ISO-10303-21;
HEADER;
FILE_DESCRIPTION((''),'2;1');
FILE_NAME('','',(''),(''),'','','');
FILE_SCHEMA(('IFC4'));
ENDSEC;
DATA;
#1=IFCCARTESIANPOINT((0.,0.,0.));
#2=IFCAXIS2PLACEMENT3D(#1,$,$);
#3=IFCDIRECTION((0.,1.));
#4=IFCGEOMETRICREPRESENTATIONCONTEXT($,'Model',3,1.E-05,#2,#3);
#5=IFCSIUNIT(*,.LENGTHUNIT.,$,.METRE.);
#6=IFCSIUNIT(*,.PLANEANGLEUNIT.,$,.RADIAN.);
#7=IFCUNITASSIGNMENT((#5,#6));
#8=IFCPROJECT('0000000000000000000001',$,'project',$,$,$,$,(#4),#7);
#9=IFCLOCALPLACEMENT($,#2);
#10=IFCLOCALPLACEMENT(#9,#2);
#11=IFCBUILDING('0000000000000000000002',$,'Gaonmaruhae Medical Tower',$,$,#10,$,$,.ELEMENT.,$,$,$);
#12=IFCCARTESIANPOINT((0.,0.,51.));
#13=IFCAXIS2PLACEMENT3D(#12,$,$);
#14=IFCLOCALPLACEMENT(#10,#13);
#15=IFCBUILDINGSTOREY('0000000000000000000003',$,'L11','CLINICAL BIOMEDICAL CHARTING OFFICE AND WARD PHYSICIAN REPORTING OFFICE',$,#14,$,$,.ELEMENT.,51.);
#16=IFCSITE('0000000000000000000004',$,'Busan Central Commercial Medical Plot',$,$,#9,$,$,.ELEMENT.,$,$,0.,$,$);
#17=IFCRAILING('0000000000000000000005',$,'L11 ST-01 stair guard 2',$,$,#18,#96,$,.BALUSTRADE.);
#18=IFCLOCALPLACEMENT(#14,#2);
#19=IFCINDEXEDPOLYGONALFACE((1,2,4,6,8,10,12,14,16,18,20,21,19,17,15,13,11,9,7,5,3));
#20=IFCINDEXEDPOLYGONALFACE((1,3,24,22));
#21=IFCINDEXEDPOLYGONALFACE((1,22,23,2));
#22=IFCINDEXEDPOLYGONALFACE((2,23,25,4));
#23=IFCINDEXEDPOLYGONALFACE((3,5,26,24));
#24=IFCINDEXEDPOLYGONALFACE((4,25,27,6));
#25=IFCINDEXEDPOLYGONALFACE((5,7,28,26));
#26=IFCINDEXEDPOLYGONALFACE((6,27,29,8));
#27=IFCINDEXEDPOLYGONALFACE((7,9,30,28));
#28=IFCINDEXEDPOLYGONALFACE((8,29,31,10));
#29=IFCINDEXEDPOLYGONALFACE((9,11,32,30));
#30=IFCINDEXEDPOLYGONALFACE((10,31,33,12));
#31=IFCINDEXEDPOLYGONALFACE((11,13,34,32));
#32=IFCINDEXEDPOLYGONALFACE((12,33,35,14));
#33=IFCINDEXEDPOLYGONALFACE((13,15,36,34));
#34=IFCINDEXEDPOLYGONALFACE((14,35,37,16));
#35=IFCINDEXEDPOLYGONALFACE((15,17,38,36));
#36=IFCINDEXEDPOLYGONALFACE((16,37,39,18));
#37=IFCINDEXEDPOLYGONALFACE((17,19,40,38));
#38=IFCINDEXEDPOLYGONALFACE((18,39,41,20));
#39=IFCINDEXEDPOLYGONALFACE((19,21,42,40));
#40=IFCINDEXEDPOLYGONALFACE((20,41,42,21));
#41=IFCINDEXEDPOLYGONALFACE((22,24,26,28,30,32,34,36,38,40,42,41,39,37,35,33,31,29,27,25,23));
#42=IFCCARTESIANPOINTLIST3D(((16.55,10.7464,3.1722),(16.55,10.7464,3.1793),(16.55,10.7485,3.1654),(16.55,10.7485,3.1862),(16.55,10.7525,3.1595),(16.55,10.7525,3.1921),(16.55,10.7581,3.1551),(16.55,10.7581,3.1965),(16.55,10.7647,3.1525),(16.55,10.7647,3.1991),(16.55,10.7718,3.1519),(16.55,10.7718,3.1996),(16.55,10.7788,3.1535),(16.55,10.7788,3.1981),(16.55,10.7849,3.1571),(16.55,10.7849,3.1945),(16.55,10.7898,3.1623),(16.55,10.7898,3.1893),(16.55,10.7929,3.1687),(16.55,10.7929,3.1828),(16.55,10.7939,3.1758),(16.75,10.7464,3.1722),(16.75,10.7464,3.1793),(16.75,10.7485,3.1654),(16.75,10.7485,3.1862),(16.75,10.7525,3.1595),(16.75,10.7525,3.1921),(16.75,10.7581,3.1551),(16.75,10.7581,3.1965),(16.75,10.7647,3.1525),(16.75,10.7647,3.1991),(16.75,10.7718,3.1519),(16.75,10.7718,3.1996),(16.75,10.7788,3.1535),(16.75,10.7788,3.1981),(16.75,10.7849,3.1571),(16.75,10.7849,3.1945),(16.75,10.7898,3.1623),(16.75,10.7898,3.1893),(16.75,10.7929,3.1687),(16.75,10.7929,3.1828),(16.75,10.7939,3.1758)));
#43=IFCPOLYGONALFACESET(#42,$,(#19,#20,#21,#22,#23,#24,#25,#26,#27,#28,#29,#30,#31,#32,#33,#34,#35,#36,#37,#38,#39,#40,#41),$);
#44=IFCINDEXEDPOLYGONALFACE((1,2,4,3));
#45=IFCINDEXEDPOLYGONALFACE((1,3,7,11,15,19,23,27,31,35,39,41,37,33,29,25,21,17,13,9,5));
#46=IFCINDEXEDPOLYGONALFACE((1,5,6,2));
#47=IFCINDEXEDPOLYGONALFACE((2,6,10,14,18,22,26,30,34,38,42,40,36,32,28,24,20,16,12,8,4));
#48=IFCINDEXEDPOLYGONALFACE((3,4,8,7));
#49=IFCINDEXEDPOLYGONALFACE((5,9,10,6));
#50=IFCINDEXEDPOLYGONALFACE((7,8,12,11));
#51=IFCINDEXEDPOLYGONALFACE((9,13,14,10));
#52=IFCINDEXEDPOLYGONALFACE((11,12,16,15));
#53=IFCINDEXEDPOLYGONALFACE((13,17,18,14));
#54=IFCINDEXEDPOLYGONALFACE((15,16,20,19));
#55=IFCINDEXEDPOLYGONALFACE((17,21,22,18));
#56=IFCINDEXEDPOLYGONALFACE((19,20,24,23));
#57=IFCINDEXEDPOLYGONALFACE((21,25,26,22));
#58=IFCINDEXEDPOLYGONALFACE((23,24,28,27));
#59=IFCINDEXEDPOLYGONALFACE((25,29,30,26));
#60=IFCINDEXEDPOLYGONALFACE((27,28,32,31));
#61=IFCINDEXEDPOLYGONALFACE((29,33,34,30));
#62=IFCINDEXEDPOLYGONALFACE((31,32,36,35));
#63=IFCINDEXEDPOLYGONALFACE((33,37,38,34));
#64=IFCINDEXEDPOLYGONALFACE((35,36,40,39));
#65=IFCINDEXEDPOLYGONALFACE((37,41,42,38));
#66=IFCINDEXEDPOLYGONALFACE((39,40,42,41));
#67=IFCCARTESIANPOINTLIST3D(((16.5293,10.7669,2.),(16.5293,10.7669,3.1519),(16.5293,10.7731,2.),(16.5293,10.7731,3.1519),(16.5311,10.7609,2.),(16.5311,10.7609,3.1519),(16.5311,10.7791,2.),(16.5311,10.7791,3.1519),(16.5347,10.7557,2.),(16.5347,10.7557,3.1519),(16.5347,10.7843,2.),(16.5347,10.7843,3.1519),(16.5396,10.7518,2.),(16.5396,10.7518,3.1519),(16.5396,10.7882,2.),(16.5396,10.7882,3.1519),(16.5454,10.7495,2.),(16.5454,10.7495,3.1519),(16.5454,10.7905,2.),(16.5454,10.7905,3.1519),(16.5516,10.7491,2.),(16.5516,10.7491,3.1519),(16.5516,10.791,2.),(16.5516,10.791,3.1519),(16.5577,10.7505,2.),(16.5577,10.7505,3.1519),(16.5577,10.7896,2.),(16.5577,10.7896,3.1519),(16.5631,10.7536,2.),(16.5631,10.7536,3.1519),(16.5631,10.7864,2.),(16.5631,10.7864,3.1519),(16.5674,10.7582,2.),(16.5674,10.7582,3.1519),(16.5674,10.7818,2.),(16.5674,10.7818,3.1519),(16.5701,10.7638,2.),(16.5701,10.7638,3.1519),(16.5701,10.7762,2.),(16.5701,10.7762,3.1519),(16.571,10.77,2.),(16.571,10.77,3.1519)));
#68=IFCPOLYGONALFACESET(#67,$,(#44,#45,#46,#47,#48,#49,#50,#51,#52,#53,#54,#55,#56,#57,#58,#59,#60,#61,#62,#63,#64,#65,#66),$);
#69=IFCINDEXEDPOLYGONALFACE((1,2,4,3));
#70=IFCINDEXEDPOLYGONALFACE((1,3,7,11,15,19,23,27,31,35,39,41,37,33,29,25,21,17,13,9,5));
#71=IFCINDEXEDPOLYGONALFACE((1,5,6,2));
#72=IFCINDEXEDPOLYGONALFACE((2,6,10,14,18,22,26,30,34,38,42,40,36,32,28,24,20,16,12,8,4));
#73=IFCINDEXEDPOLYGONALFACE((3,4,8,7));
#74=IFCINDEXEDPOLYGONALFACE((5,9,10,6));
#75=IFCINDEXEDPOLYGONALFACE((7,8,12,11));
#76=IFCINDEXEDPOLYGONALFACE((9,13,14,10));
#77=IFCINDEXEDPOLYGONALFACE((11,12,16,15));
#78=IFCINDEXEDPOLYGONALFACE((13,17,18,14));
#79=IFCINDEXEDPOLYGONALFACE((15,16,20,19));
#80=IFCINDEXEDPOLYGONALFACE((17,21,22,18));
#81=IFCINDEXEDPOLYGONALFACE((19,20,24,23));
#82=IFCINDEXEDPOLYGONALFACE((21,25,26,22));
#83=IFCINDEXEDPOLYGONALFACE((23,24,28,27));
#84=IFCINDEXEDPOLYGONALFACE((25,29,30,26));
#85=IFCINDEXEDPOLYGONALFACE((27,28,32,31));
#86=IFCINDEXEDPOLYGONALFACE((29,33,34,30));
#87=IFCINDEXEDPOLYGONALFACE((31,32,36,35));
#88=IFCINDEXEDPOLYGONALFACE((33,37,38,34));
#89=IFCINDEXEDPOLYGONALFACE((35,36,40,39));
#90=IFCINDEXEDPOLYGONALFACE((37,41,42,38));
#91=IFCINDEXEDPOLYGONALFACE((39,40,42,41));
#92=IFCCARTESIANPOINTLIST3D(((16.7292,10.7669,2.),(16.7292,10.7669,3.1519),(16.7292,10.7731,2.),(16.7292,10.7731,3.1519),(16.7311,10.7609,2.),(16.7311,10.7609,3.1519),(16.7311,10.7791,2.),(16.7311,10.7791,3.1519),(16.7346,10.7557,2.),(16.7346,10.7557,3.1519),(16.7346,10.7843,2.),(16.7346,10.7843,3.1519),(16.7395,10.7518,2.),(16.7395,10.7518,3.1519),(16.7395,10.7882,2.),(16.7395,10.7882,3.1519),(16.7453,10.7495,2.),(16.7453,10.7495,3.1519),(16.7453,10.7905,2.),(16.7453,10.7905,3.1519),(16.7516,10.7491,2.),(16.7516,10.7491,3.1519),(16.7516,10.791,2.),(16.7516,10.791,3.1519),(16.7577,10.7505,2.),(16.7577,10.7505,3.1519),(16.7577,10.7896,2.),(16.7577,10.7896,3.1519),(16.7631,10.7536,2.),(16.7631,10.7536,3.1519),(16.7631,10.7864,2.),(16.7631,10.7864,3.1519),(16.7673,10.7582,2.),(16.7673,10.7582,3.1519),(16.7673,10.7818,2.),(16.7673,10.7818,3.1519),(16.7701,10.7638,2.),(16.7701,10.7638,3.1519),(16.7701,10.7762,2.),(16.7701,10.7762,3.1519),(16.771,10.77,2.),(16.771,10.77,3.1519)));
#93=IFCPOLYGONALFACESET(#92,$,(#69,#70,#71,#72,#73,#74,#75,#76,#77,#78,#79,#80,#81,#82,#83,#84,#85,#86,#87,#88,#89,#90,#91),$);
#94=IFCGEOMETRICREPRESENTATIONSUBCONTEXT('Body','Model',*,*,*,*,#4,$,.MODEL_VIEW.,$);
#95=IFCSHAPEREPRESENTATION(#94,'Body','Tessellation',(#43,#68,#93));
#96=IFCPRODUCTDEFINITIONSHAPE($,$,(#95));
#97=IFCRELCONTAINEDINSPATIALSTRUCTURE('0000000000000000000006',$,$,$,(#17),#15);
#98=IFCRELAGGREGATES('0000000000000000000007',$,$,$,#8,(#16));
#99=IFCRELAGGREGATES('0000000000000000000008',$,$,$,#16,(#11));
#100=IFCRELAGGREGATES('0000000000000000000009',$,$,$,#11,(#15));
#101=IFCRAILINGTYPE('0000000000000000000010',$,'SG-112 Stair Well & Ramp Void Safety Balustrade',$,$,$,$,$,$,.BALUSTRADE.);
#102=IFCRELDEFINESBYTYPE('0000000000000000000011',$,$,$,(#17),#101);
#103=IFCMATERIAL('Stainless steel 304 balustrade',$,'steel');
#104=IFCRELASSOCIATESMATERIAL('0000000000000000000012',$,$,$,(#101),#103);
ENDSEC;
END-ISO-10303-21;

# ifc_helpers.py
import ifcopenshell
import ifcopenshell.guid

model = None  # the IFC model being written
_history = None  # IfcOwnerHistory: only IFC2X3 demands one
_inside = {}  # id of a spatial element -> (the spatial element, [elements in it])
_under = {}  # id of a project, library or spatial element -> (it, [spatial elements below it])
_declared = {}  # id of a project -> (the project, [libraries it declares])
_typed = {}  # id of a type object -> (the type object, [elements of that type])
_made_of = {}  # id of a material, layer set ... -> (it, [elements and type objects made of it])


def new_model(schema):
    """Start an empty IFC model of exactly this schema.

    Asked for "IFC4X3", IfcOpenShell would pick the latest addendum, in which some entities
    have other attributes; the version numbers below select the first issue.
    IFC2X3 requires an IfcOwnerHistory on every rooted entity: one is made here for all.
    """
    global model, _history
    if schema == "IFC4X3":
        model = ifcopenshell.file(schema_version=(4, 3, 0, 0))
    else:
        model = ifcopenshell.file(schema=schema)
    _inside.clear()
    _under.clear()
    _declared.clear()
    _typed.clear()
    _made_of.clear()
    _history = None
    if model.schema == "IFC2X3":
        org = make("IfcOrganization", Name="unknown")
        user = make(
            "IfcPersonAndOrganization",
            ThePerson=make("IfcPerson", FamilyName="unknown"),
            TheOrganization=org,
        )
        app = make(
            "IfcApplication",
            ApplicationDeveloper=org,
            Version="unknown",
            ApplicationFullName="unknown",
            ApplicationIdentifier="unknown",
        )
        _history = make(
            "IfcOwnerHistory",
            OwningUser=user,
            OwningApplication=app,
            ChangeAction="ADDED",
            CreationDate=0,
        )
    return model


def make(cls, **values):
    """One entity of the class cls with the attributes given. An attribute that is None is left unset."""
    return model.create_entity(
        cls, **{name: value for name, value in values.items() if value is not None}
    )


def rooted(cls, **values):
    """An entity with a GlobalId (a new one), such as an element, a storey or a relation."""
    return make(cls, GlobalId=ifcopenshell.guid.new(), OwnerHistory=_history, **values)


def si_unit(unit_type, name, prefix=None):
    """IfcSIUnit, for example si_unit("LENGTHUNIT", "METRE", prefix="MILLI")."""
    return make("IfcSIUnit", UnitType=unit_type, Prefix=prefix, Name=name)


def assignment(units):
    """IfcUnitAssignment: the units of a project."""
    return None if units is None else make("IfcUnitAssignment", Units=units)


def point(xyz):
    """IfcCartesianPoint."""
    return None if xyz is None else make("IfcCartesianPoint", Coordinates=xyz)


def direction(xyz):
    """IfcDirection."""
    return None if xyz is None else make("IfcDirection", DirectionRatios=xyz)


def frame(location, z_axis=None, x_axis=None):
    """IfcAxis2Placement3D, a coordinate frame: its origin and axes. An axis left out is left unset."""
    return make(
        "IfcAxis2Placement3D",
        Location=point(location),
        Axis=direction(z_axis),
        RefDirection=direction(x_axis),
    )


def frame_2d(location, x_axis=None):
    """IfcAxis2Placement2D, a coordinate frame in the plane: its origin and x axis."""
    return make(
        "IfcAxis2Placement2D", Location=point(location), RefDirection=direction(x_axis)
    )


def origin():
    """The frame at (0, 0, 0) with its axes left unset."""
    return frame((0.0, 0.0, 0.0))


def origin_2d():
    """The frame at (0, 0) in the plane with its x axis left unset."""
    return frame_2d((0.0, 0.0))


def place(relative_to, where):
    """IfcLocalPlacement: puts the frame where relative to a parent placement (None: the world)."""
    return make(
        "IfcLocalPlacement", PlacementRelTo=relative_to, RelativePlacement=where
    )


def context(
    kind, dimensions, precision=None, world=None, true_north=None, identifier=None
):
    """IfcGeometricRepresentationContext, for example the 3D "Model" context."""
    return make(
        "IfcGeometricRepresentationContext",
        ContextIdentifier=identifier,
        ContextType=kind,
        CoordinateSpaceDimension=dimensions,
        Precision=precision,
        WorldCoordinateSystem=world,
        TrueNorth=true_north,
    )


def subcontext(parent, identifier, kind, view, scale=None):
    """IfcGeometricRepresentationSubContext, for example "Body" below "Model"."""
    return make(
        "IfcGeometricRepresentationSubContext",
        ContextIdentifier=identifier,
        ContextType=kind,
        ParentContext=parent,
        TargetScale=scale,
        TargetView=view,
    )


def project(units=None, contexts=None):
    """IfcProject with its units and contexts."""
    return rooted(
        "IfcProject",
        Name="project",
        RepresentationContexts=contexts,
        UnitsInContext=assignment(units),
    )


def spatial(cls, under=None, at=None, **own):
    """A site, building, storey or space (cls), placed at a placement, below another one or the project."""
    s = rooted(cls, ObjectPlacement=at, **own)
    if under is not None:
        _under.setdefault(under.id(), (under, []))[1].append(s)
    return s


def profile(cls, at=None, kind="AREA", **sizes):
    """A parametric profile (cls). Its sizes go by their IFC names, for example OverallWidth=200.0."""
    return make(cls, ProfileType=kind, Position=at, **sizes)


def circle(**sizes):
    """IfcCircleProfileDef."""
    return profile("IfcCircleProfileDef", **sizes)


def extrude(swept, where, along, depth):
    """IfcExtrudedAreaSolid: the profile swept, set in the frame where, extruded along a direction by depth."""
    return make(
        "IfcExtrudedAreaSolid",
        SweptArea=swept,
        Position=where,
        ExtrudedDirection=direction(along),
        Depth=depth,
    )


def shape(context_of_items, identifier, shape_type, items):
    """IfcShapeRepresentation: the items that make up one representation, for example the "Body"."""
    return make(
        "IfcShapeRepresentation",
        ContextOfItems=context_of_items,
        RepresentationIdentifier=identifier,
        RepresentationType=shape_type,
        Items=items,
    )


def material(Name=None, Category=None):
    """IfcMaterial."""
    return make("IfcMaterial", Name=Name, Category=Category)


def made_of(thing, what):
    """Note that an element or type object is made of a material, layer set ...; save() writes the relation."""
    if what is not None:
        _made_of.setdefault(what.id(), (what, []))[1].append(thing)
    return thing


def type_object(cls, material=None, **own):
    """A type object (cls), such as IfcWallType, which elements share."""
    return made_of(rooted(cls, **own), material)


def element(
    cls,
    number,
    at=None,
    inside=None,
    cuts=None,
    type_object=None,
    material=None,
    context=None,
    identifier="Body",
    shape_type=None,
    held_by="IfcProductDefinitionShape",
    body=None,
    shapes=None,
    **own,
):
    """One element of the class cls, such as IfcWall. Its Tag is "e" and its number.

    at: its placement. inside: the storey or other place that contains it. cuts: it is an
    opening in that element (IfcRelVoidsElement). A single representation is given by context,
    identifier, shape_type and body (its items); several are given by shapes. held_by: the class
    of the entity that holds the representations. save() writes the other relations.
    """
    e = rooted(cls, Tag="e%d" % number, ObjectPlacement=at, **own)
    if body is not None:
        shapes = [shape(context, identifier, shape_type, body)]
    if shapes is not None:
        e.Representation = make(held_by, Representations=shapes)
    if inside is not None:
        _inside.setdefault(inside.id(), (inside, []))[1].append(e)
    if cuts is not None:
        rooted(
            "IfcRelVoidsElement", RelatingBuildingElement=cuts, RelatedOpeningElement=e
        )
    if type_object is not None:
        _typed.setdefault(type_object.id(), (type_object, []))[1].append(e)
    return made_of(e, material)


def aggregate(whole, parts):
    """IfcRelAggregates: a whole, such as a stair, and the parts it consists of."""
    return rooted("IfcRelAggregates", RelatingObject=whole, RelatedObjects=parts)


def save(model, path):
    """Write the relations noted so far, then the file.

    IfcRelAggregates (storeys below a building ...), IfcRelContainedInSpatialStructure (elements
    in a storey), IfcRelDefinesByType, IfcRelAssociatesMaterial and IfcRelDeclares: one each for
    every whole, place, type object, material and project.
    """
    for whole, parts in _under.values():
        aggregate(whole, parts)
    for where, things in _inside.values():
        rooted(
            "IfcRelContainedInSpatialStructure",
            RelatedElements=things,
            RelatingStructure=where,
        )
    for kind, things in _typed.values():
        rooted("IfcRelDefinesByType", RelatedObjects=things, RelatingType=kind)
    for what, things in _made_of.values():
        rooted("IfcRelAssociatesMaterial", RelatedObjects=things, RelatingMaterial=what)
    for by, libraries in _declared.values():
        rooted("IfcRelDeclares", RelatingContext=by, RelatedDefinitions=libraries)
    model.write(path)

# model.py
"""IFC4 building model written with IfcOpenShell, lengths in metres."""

from ifc_helpers import new_model, si_unit, direction, frame, origin, origin_2d, place, context, subcontext, project, spatial, circle, extrude, material, type_object, element, save


model = new_model("IFC4")

# Units and contexts
model_context = context("Model", 3, precision=1e-05, world=origin(), true_north=direction((0.0, 1.0)))
body_context = subcontext(model_context, "Body", "Model", "MODEL_VIEW")
ifc_project = project(units=[si_unit("LENGTHUNIT", "METRE"), si_unit("PLANEANGLEUNIT", "RADIAN")], contexts=[model_context])

# Site, building, storey
site_placement = place(None, origin())
site = spatial("IfcSite", under=ifc_project, at=site_placement, Name="Busan Central Commercial Medical Plot", CompositionType="ELEMENT", RefElevation=0.0)
building_placement = place(site_placement, origin())
building = spatial("IfcBuilding", under=site, at=building_placement, Name="Gaonmaruhae Medical Tower", CompositionType="ELEMENT")
storey_placement = place(building_placement, frame((0.0, 0.0, 51.0)))
storey = spatial("IfcBuildingStorey", under=building, at=storey_placement, Name="L11", Description="CLINICAL BIOMEDICAL CHARTING OFFICE AND WARD PHYSICIAN REPORTING OFFICE", CompositionType="ELEMENT", Elevation=51.0)

# Railing
ifc_material_1 = material(Name="Stainless steel 304 balustrade", Category="steel")
railing_type_1 = type_object("IfcRailingType", Name="SG-112 Stair Well & Ramp Void Safety Balustrade", PredefinedType="BALUSTRADE", material=ifc_material_1)
railing_1_placement = place(storey_placement, frame((16.55, 10.77, 2.0)))
element("IfcRailing", 1, at=railing_1_placement, inside=storey, type_object=railing_type_1, Name="L11 ST-01 stair guard 2", PredefinedType="BALUSTRADE", context=body_context, shape_type="SweptSolid", body=[
    extrude(circle(Radius=0.0239, at=origin_2d()), frame((0.0, 0.0, 1.1758), z_axis=(1.0, 0.0, 0.0), x_axis=(0.0, 1.0, 0.0)), (0.0, 0.0, 1.0), 0.2),
    extrude(circle(Radius=0.021, at=origin_2d()), origin(), (0.0, 0.0, 1.0), 1.1519),
    extrude(circle(Radius=0.021, at=origin_2d()), frame((0.2, 0.0, 0.0)), (0.0, 0.0, 1.0), 1.1519),
])

save(model, "model.ifc")
